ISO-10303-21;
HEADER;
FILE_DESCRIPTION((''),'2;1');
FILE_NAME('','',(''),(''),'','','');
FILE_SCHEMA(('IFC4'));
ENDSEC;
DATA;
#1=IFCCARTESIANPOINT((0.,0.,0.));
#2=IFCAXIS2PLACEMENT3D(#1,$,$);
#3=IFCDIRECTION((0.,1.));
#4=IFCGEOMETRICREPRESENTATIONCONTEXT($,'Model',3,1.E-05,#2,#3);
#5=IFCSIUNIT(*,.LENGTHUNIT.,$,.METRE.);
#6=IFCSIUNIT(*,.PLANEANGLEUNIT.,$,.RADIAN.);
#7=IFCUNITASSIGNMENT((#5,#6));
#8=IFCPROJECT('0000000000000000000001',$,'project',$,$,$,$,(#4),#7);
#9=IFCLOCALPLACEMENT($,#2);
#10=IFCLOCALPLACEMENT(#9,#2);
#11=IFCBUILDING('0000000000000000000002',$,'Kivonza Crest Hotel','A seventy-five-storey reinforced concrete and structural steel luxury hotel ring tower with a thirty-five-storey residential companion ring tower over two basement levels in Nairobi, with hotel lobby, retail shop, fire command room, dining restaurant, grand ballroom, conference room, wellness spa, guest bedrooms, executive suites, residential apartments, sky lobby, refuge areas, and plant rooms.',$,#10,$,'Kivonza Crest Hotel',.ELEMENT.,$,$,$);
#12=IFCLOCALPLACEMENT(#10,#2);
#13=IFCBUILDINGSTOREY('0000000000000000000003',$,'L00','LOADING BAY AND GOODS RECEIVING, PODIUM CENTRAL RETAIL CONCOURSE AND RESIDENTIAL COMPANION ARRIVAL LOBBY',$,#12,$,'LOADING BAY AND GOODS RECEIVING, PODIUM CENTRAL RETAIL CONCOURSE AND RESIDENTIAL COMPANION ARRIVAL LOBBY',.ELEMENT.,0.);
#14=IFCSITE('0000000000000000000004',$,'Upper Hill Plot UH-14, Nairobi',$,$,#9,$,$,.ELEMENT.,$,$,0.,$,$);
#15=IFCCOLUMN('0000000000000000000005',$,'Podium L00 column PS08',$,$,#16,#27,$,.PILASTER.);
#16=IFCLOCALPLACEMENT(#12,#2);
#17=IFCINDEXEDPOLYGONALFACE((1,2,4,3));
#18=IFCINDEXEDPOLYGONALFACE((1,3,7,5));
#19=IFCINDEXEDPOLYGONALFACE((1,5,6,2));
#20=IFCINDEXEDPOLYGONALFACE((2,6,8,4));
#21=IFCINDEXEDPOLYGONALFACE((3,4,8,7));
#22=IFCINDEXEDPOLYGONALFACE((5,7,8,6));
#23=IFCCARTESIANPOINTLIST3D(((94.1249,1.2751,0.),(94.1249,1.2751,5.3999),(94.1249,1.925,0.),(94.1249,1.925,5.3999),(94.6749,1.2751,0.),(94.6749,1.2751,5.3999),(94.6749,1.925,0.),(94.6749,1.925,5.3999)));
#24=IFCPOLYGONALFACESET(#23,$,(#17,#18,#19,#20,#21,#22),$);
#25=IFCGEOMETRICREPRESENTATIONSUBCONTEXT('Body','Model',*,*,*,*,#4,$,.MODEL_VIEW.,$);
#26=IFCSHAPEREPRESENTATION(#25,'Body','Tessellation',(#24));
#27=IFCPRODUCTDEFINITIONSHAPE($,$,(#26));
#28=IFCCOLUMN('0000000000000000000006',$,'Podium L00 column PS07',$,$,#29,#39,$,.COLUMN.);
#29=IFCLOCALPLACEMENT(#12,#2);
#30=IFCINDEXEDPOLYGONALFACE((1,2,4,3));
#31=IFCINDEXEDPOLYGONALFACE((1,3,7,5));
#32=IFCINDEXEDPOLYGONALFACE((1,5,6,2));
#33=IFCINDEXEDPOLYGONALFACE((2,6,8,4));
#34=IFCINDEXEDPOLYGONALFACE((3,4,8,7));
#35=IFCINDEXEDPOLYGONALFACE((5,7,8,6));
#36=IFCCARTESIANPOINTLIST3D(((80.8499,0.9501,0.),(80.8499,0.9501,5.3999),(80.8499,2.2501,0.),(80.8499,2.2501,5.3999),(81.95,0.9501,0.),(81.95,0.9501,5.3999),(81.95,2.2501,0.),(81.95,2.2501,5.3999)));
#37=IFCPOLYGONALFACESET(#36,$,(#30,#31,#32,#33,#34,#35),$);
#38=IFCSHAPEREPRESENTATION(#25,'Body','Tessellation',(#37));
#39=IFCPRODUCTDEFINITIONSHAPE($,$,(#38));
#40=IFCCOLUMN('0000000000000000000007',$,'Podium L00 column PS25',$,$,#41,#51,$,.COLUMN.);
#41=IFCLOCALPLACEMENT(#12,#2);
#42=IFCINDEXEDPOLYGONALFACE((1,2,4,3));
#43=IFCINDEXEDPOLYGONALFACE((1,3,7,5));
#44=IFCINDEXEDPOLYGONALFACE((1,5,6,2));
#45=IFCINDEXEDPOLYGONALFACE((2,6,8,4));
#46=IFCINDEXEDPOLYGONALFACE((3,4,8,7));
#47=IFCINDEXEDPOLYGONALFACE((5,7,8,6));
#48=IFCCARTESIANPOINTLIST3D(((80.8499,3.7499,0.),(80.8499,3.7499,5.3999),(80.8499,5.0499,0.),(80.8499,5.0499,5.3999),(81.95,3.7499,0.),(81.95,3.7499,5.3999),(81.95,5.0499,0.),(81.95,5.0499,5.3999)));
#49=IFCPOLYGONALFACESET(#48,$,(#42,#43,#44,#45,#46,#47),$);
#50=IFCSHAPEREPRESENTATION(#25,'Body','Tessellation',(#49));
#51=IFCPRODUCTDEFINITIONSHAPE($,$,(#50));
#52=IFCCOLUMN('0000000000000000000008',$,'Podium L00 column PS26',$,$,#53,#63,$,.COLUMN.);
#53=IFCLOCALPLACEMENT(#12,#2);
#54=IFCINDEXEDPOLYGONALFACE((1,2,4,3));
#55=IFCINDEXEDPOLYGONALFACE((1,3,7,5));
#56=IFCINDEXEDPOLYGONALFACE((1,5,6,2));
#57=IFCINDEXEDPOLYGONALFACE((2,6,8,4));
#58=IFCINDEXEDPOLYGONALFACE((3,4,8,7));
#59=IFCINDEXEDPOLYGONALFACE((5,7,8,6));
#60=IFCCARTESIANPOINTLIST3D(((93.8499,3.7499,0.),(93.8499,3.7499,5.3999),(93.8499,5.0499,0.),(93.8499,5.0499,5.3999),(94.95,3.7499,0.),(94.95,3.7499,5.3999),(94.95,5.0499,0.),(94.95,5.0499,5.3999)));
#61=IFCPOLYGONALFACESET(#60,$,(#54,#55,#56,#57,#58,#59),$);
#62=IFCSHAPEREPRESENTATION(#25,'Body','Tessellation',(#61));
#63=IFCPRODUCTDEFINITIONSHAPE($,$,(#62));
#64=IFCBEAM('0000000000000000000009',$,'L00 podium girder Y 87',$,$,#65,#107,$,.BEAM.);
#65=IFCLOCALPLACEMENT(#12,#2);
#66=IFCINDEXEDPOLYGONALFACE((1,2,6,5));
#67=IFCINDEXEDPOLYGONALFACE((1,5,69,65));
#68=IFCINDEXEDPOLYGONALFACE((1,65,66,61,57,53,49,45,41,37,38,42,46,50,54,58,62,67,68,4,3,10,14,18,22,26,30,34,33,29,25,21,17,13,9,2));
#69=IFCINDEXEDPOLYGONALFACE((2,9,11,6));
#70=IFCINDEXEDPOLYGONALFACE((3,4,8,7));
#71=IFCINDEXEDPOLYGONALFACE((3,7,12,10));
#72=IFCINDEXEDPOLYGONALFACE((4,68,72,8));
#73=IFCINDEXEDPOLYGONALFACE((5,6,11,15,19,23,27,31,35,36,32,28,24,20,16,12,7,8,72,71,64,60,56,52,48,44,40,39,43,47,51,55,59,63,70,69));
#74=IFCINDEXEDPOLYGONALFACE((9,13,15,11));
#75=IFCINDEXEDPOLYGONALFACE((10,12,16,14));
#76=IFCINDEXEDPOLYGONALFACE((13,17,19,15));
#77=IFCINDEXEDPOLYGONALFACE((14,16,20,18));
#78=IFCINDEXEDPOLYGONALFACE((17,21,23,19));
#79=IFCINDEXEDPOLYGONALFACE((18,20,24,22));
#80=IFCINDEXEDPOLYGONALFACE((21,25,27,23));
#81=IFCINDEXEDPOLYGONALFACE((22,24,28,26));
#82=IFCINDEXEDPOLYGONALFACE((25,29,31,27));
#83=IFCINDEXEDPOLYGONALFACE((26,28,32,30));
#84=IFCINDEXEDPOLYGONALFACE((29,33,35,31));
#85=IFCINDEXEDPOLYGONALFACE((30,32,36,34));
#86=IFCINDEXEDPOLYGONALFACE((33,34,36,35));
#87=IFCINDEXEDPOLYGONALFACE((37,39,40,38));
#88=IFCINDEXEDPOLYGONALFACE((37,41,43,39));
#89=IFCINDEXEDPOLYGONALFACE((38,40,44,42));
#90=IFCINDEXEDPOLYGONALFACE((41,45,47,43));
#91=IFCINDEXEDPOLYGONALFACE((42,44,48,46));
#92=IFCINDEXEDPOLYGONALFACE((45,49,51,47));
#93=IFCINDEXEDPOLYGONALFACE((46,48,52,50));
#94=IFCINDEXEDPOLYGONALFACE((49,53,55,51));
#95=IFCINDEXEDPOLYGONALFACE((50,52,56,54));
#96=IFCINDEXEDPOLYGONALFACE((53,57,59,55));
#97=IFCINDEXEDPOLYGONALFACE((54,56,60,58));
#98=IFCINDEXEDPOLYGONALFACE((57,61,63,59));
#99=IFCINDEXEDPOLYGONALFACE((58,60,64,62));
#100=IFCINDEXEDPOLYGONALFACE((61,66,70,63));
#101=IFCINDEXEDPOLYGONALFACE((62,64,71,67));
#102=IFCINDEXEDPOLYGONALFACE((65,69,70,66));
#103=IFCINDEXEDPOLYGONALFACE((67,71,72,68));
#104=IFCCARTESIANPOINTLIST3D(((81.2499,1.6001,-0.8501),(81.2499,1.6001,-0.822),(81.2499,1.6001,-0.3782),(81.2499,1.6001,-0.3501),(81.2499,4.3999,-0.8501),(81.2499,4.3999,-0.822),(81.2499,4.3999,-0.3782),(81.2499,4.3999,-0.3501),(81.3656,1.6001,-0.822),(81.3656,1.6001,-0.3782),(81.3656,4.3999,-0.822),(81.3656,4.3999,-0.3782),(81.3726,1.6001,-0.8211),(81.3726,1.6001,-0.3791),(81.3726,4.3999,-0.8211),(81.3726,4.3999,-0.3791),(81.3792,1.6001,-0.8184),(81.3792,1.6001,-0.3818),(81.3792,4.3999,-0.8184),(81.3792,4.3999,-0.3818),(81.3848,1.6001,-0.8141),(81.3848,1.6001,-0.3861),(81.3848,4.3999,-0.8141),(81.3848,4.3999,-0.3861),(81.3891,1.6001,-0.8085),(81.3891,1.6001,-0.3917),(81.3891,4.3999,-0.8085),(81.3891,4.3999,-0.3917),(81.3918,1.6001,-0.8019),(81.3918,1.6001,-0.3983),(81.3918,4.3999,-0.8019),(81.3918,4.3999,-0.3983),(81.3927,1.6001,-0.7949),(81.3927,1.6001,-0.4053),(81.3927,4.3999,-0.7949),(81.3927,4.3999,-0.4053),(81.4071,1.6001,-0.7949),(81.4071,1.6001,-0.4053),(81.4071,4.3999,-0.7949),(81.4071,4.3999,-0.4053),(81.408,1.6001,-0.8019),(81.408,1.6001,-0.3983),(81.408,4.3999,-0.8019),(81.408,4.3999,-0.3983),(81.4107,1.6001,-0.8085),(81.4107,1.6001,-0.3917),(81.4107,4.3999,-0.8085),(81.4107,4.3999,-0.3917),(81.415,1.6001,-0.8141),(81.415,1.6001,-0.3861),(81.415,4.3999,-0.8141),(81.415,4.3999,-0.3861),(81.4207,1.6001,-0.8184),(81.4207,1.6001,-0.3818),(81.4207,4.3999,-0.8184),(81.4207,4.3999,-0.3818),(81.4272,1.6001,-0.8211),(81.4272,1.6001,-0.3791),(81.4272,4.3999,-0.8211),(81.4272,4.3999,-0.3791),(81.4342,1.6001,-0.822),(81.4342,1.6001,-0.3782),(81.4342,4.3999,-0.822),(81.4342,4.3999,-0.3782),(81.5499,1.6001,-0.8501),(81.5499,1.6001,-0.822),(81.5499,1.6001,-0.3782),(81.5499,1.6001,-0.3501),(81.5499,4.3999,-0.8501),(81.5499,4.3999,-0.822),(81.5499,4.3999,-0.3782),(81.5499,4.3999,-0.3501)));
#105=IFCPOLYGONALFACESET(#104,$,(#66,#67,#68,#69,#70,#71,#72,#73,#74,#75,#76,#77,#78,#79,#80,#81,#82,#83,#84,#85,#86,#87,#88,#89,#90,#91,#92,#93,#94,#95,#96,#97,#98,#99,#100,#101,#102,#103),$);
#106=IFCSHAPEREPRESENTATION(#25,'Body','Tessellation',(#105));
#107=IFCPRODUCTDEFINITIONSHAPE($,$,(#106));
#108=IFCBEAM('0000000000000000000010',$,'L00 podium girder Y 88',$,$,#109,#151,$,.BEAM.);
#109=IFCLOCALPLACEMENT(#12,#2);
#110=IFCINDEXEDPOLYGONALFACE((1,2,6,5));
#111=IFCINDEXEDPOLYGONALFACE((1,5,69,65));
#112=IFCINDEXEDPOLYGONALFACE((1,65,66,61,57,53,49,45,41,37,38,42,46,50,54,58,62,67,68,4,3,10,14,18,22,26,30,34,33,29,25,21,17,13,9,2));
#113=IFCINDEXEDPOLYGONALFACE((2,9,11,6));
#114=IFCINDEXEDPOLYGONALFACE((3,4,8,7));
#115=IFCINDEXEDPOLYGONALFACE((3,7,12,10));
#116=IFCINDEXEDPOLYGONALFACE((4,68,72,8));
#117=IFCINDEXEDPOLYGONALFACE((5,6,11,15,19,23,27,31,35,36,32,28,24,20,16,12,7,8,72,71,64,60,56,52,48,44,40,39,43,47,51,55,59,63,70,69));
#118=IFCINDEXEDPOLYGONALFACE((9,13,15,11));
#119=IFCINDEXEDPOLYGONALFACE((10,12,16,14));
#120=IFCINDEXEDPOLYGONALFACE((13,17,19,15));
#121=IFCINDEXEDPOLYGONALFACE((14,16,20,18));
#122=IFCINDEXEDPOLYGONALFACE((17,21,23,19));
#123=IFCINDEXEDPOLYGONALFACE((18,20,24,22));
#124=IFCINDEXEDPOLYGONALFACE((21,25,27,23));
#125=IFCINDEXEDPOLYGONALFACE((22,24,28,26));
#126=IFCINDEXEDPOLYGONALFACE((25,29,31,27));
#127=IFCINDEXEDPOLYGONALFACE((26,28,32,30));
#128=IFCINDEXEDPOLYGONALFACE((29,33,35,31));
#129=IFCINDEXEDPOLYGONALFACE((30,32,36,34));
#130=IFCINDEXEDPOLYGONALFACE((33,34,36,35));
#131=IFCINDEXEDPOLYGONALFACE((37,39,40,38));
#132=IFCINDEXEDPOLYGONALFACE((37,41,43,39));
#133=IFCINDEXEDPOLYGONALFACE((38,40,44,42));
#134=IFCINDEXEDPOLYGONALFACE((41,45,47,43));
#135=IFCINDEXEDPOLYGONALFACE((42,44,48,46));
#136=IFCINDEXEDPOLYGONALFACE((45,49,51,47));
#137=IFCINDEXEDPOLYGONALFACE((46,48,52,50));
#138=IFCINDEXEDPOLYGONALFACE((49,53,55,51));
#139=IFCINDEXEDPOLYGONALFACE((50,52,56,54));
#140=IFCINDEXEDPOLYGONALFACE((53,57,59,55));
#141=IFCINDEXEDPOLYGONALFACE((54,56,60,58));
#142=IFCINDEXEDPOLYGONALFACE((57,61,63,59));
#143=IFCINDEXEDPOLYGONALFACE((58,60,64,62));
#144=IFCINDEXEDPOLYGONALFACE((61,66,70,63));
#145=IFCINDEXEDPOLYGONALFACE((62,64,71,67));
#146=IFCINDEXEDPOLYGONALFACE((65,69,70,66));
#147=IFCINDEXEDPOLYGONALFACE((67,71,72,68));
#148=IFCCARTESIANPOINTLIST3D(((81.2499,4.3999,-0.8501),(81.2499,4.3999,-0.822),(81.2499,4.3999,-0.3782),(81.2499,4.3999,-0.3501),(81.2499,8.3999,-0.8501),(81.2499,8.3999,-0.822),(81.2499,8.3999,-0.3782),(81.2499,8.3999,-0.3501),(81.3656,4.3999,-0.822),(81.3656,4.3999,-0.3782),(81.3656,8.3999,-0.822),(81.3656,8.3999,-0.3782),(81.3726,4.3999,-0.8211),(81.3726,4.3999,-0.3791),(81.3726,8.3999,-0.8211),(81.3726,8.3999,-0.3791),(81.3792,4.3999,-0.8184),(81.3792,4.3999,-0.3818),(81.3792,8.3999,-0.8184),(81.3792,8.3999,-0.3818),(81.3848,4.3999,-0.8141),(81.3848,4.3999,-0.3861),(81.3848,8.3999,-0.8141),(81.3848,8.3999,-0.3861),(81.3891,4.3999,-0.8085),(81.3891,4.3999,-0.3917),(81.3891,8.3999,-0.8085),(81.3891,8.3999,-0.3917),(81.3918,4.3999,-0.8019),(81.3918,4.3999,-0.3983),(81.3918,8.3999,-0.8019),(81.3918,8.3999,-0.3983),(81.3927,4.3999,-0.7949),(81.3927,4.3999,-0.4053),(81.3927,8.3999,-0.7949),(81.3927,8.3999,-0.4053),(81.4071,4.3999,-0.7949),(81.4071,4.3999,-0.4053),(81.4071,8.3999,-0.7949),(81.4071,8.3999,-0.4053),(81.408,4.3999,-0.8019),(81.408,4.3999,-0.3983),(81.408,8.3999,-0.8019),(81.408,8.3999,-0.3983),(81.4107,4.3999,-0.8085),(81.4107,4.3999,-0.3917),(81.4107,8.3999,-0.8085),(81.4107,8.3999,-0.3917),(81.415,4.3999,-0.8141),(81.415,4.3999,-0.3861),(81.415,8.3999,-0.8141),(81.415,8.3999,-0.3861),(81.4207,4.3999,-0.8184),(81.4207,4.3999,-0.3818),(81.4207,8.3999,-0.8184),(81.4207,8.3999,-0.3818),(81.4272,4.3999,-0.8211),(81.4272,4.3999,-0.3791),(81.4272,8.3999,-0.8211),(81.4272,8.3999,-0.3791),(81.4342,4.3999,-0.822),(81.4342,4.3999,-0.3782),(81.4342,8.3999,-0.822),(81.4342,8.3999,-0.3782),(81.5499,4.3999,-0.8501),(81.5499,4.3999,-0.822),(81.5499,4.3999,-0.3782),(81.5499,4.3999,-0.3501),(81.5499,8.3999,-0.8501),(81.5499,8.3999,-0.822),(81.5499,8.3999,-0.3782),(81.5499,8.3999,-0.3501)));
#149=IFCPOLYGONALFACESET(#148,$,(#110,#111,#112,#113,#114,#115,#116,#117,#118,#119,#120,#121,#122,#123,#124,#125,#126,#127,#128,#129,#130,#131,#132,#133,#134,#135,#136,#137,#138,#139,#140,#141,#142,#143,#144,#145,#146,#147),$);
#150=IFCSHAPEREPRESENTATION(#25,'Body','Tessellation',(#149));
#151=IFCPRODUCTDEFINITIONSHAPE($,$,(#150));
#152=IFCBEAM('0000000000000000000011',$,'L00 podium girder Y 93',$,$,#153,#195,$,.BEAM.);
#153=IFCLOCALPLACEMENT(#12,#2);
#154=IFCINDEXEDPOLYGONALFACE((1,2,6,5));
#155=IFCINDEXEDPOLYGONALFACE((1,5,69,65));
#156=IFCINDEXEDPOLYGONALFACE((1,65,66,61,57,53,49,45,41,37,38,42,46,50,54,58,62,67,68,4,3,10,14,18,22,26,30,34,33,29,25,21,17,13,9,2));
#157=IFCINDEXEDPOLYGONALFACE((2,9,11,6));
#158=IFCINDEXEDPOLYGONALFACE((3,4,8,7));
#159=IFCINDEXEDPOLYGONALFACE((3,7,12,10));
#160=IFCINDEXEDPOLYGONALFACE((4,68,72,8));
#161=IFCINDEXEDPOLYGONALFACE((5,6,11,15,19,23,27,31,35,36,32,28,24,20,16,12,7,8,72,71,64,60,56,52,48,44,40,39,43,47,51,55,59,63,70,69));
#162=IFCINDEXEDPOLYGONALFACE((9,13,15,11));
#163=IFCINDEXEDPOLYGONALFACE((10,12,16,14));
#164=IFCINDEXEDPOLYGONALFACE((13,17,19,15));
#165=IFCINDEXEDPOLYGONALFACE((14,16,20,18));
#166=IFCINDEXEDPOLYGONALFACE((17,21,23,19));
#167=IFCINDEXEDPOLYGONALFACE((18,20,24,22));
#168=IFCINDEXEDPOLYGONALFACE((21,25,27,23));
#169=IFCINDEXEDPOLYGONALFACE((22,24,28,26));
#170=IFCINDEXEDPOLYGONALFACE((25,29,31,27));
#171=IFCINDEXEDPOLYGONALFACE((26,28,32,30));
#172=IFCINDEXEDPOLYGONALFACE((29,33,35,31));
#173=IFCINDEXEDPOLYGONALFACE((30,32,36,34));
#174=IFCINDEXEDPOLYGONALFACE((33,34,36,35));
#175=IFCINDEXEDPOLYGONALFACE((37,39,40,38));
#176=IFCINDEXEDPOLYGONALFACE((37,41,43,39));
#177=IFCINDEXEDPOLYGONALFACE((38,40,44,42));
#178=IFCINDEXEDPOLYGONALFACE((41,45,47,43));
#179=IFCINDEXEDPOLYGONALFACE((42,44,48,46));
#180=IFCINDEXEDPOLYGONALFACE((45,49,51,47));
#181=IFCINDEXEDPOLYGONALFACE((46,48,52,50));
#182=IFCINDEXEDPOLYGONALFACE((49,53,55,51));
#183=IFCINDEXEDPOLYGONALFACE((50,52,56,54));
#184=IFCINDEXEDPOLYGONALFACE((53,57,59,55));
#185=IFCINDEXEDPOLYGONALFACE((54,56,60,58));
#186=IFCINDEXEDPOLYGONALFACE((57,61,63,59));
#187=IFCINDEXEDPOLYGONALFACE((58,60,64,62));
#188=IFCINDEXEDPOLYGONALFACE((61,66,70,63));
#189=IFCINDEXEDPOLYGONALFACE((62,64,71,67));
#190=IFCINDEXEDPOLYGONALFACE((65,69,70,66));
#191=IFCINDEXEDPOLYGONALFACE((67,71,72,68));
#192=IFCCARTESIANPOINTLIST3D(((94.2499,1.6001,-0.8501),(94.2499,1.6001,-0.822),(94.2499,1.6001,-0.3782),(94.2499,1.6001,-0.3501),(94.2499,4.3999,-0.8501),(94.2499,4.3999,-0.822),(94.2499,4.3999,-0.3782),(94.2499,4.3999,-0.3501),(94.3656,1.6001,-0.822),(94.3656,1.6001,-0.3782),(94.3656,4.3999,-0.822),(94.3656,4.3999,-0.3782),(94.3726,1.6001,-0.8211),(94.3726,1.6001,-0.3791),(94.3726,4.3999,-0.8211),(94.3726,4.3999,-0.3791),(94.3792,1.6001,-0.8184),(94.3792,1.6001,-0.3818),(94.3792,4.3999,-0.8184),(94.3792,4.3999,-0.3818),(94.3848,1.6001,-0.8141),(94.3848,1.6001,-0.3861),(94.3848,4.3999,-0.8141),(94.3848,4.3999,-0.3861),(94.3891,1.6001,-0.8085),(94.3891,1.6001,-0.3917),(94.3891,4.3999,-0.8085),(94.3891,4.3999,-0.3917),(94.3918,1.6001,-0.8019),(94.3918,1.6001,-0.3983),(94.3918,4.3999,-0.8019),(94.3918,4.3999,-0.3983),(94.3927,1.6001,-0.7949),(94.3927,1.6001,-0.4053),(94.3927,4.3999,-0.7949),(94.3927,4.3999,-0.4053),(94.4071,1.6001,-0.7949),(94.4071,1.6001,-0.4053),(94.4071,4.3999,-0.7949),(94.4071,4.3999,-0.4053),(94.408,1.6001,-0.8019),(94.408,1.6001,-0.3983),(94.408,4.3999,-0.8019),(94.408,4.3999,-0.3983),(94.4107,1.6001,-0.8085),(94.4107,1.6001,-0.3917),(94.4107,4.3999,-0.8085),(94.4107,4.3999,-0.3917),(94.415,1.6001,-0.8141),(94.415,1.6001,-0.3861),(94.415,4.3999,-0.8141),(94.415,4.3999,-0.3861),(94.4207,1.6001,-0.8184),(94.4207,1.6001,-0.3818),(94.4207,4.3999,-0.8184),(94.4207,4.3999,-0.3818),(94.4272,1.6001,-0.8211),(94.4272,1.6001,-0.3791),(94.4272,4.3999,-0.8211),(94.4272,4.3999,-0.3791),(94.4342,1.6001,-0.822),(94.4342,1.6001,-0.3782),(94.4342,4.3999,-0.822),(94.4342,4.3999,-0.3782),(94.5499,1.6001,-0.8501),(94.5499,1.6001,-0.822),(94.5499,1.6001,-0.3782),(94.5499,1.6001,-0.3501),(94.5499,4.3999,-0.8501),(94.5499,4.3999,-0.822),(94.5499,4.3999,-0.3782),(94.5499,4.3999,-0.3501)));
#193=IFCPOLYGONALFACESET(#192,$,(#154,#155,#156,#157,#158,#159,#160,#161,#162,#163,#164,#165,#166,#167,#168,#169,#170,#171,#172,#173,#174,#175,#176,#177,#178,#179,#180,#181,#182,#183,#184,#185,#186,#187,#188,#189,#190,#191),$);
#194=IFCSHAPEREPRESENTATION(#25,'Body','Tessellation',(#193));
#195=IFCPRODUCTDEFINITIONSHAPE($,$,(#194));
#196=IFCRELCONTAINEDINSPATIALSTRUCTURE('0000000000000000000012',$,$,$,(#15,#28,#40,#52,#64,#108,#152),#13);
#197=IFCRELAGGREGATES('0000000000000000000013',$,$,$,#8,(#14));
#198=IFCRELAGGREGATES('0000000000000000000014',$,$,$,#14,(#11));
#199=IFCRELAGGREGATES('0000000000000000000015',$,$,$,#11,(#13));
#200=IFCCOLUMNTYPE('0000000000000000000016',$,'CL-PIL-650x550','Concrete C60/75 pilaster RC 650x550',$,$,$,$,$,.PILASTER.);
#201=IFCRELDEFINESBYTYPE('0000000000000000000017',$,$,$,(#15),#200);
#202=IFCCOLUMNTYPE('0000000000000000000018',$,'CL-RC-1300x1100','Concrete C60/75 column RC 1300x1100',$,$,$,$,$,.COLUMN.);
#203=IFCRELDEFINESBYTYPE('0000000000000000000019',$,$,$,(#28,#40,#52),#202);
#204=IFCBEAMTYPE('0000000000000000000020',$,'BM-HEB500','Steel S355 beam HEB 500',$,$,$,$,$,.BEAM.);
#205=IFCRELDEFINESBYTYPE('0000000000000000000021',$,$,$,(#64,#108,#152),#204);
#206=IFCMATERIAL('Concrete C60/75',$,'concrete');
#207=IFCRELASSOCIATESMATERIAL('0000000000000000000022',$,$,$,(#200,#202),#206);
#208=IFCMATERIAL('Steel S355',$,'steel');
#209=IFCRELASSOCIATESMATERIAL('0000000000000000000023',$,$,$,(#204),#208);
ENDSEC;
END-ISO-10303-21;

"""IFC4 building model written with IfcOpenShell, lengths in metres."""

from ifc_helpers import new_model, si_unit, direction, frame, origin, origin_2d, place, context, subcontext, project, spatial, rectangle, i_section, extrude, material, material_profile, profile_set, type_object, element, save


model = new_model("IFC4")

# Units and contexts
model_context = context("Model", 3, precision=1e-05, world=origin(), true_north=direction((0.0, 1.0)))
body_context = subcontext(model_context, "Body", "Model", "MODEL_VIEW")
ifc_project = project(units=[si_unit("LENGTHUNIT", "METRE"), si_unit("PLANEANGLEUNIT", "RADIAN")], contexts=[model_context])

# Site, building, storey
site_placement = place(None, origin())
site = spatial("IfcSite", under=ifc_project, at=site_placement, Name="Upper Hill Plot UH-14, Nairobi", CompositionType="ELEMENT", RefElevation=0.0)
building_placement = place(site_placement, origin())
building = spatial("IfcBuilding", under=site, at=building_placement, Name="Kivonza Crest Hotel", Description="A seventy-five-storey reinforced concrete and structural steel luxury hotel ring tower with a thirty-five-storey residential companion ring tower over two basement levels in Nairobi, with hotel lobby, retail shop, fire command room, dining restaurant, grand ballroom, conference room, wellness spa, guest bedrooms, executive suites, residential apartments, sky lobby, refuge areas, and plant rooms.", LongName="Kivonza Crest Hotel", CompositionType="ELEMENT")
storey_placement = place(building_placement, origin())
storey = spatial("IfcBuildingStorey", under=building, at=storey_placement, Name="L00", Description="LOADING BAY AND GOODS RECEIVING, PODIUM CENTRAL RETAIL CONCOURSE AND RESIDENTIAL COMPANION ARRIVAL LOBBY", LongName="LOADING BAY AND GOODS RECEIVING, PODIUM CENTRAL RETAIL CONCOURSE AND RESIDENTIAL COMPANION ARRIVAL LOBBY", CompositionType="ELEMENT", Elevation=0.0)

# Columns
ifc_material_1 = material(Name="Concrete C60/75", Category="concrete")
ifc_material_profile_1 = material_profile(ifc_material_1, rectangle(XDim=0.55, YDim=0.6499, at=origin_2d()), Name="RC 650x550")
ifc_profile_set_1 = profile_set([ifc_material_profile_1], Name="Concrete C60/75")
column_type_1 = type_object("IfcColumnType", Name="CL-PIL-650x550", Description="Concrete C60/75 pilaster RC 650x550", PredefinedType="PILASTER", material=ifc_profile_set_1)
column_placement = place(storey_placement, frame((94.3999, 1.6001, 0.0), z_axis=(0.0, 0.0, 1.0), x_axis=(1.0, 0.0, 0.0)))
element("IfcColumn", 1, at=column_placement, inside=storey, type_object=column_type_1, Name="Podium L00 column PS08", PredefinedType="PILASTER", context=body_context, shape_type="SweptSolid", body=[
    extrude(rectangle(XDim=0.55, YDim=0.6499, at=origin_2d()), origin(), (0.0, 0.0, 1.0), 5.3999),
])
ifc_material_profile_2 = material_profile(ifc_material_1, rectangle(XDim=1.1001, YDim=1.3, at=origin_2d()), Name="RC 1300x1100")
ifc_profile_set_2 = profile_set([ifc_material_profile_2], Name="Concrete C60/75")
column_type_2 = type_object("IfcColumnType", Name="CL-RC-1300x1100", Description="Concrete C60/75 column RC 1300x1100", PredefinedType="COLUMN", material=ifc_profile_set_2)
for number, where, z_axis, x_axis, name in (
    (2, (81.3999, 1.6001, 0.0), (0.0, 0.0, 1.0), (1.0, 0.0, 0.0), "Podium L00 column PS07"),
    (3, (81.3999, 4.3999, 0.0), (0.0, 0.0, 1.0), (1.0, 0.0, 0.0), "Podium L00 column PS25"),
    (4, (94.3999, 4.3999, 0.0), (0.0, 0.0, 1.0), (1.0, 0.0, 0.0), "Podium L00 column PS26"),
):
    element("IfcColumn", number, at=place(storey_placement, frame(where, z_axis=z_axis, x_axis=x_axis)), inside=storey, type_object=column_type_2, Name=name, PredefinedType="COLUMN", context=body_context, shape_type="SweptSolid", body=[
        extrude(rectangle(XDim=1.1001, YDim=1.3, at=origin_2d()), origin(), (0.0, 0.0, 1.0), 5.3999),
    ])

# Beams
ifc_material_2 = material(Name="Steel S355", Category="steel")
ifc_material_profile_3 = material_profile(ifc_material_2, i_section(OverallWidth=0.3, OverallDepth=0.5, WebThickness=0.0144, FlangeThickness=0.0281, FilletRadius=0.0271, at=origin_2d()), Name="HEB 500")
ifc_profile_set_3 = profile_set([ifc_material_profile_3], Name="Steel S355")
beam_type_1 = type_object("IfcBeamType", Name="BM-HEB500", Description="Steel S355 beam HEB 500", PredefinedType="BEAM", material=ifc_profile_set_3)
beam_1_placement = place(storey_placement, frame((81.3999, 1.6001, -0.6001), z_axis=(0.0, 1.0, 0.0), x_axis=(-1.0, 0.0, 0.0)))
element("IfcBeam", 5, at=beam_1_placement, inside=storey, type_object=beam_type_1, Name="L00 podium girder Y 87", PredefinedType="BEAM", context=body_context, shape_type="SweptSolid", body=[
    extrude(i_section(OverallWidth=0.3, OverallDepth=0.5, WebThickness=0.0144, FlangeThickness=0.0281, FilletRadius=0.0271, at=origin_2d()), origin(), (0.0, 0.0, 1.0), 2.7998),
])
beam_2_placement = place(storey_placement, frame((81.3999, 4.3999, -0.6001), z_axis=(0.0, 1.0, 0.0), x_axis=(-1.0, 0.0, 0.0)))
element("IfcBeam", 6, at=beam_2_placement, inside=storey, type_object=beam_type_1, Name="L00 podium girder Y 88", PredefinedType="BEAM", context=body_context, shape_type="SweptSolid", body=[
    extrude(i_section(OverallWidth=0.3, OverallDepth=0.5, WebThickness=0.0144, FlangeThickness=0.0281, FilletRadius=0.0271, at=origin_2d()), origin(), (0.0, 0.0, 1.0), 4.0),
])
beam_3_placement = place(storey_placement, frame((94.3999, 1.6001, -0.6001), z_axis=(0.0, 1.0, 0.0), x_axis=(-1.0, 0.0, 0.0)))
element("IfcBeam", 7, at=beam_3_placement, inside=storey, type_object=beam_type_1, Name="L00 podium girder Y 93", PredefinedType="BEAM", context=body_context, shape_type="SweptSolid", body=[
    extrude(i_section(OverallWidth=0.3, OverallDepth=0.5, WebThickness=0.0144, FlangeThickness=0.0281, FilletRadius=0.0271, at=origin_2d()), origin(), (0.0, 0.0, 1.0), 2.7998),
])

save(model, "model.ifc")
